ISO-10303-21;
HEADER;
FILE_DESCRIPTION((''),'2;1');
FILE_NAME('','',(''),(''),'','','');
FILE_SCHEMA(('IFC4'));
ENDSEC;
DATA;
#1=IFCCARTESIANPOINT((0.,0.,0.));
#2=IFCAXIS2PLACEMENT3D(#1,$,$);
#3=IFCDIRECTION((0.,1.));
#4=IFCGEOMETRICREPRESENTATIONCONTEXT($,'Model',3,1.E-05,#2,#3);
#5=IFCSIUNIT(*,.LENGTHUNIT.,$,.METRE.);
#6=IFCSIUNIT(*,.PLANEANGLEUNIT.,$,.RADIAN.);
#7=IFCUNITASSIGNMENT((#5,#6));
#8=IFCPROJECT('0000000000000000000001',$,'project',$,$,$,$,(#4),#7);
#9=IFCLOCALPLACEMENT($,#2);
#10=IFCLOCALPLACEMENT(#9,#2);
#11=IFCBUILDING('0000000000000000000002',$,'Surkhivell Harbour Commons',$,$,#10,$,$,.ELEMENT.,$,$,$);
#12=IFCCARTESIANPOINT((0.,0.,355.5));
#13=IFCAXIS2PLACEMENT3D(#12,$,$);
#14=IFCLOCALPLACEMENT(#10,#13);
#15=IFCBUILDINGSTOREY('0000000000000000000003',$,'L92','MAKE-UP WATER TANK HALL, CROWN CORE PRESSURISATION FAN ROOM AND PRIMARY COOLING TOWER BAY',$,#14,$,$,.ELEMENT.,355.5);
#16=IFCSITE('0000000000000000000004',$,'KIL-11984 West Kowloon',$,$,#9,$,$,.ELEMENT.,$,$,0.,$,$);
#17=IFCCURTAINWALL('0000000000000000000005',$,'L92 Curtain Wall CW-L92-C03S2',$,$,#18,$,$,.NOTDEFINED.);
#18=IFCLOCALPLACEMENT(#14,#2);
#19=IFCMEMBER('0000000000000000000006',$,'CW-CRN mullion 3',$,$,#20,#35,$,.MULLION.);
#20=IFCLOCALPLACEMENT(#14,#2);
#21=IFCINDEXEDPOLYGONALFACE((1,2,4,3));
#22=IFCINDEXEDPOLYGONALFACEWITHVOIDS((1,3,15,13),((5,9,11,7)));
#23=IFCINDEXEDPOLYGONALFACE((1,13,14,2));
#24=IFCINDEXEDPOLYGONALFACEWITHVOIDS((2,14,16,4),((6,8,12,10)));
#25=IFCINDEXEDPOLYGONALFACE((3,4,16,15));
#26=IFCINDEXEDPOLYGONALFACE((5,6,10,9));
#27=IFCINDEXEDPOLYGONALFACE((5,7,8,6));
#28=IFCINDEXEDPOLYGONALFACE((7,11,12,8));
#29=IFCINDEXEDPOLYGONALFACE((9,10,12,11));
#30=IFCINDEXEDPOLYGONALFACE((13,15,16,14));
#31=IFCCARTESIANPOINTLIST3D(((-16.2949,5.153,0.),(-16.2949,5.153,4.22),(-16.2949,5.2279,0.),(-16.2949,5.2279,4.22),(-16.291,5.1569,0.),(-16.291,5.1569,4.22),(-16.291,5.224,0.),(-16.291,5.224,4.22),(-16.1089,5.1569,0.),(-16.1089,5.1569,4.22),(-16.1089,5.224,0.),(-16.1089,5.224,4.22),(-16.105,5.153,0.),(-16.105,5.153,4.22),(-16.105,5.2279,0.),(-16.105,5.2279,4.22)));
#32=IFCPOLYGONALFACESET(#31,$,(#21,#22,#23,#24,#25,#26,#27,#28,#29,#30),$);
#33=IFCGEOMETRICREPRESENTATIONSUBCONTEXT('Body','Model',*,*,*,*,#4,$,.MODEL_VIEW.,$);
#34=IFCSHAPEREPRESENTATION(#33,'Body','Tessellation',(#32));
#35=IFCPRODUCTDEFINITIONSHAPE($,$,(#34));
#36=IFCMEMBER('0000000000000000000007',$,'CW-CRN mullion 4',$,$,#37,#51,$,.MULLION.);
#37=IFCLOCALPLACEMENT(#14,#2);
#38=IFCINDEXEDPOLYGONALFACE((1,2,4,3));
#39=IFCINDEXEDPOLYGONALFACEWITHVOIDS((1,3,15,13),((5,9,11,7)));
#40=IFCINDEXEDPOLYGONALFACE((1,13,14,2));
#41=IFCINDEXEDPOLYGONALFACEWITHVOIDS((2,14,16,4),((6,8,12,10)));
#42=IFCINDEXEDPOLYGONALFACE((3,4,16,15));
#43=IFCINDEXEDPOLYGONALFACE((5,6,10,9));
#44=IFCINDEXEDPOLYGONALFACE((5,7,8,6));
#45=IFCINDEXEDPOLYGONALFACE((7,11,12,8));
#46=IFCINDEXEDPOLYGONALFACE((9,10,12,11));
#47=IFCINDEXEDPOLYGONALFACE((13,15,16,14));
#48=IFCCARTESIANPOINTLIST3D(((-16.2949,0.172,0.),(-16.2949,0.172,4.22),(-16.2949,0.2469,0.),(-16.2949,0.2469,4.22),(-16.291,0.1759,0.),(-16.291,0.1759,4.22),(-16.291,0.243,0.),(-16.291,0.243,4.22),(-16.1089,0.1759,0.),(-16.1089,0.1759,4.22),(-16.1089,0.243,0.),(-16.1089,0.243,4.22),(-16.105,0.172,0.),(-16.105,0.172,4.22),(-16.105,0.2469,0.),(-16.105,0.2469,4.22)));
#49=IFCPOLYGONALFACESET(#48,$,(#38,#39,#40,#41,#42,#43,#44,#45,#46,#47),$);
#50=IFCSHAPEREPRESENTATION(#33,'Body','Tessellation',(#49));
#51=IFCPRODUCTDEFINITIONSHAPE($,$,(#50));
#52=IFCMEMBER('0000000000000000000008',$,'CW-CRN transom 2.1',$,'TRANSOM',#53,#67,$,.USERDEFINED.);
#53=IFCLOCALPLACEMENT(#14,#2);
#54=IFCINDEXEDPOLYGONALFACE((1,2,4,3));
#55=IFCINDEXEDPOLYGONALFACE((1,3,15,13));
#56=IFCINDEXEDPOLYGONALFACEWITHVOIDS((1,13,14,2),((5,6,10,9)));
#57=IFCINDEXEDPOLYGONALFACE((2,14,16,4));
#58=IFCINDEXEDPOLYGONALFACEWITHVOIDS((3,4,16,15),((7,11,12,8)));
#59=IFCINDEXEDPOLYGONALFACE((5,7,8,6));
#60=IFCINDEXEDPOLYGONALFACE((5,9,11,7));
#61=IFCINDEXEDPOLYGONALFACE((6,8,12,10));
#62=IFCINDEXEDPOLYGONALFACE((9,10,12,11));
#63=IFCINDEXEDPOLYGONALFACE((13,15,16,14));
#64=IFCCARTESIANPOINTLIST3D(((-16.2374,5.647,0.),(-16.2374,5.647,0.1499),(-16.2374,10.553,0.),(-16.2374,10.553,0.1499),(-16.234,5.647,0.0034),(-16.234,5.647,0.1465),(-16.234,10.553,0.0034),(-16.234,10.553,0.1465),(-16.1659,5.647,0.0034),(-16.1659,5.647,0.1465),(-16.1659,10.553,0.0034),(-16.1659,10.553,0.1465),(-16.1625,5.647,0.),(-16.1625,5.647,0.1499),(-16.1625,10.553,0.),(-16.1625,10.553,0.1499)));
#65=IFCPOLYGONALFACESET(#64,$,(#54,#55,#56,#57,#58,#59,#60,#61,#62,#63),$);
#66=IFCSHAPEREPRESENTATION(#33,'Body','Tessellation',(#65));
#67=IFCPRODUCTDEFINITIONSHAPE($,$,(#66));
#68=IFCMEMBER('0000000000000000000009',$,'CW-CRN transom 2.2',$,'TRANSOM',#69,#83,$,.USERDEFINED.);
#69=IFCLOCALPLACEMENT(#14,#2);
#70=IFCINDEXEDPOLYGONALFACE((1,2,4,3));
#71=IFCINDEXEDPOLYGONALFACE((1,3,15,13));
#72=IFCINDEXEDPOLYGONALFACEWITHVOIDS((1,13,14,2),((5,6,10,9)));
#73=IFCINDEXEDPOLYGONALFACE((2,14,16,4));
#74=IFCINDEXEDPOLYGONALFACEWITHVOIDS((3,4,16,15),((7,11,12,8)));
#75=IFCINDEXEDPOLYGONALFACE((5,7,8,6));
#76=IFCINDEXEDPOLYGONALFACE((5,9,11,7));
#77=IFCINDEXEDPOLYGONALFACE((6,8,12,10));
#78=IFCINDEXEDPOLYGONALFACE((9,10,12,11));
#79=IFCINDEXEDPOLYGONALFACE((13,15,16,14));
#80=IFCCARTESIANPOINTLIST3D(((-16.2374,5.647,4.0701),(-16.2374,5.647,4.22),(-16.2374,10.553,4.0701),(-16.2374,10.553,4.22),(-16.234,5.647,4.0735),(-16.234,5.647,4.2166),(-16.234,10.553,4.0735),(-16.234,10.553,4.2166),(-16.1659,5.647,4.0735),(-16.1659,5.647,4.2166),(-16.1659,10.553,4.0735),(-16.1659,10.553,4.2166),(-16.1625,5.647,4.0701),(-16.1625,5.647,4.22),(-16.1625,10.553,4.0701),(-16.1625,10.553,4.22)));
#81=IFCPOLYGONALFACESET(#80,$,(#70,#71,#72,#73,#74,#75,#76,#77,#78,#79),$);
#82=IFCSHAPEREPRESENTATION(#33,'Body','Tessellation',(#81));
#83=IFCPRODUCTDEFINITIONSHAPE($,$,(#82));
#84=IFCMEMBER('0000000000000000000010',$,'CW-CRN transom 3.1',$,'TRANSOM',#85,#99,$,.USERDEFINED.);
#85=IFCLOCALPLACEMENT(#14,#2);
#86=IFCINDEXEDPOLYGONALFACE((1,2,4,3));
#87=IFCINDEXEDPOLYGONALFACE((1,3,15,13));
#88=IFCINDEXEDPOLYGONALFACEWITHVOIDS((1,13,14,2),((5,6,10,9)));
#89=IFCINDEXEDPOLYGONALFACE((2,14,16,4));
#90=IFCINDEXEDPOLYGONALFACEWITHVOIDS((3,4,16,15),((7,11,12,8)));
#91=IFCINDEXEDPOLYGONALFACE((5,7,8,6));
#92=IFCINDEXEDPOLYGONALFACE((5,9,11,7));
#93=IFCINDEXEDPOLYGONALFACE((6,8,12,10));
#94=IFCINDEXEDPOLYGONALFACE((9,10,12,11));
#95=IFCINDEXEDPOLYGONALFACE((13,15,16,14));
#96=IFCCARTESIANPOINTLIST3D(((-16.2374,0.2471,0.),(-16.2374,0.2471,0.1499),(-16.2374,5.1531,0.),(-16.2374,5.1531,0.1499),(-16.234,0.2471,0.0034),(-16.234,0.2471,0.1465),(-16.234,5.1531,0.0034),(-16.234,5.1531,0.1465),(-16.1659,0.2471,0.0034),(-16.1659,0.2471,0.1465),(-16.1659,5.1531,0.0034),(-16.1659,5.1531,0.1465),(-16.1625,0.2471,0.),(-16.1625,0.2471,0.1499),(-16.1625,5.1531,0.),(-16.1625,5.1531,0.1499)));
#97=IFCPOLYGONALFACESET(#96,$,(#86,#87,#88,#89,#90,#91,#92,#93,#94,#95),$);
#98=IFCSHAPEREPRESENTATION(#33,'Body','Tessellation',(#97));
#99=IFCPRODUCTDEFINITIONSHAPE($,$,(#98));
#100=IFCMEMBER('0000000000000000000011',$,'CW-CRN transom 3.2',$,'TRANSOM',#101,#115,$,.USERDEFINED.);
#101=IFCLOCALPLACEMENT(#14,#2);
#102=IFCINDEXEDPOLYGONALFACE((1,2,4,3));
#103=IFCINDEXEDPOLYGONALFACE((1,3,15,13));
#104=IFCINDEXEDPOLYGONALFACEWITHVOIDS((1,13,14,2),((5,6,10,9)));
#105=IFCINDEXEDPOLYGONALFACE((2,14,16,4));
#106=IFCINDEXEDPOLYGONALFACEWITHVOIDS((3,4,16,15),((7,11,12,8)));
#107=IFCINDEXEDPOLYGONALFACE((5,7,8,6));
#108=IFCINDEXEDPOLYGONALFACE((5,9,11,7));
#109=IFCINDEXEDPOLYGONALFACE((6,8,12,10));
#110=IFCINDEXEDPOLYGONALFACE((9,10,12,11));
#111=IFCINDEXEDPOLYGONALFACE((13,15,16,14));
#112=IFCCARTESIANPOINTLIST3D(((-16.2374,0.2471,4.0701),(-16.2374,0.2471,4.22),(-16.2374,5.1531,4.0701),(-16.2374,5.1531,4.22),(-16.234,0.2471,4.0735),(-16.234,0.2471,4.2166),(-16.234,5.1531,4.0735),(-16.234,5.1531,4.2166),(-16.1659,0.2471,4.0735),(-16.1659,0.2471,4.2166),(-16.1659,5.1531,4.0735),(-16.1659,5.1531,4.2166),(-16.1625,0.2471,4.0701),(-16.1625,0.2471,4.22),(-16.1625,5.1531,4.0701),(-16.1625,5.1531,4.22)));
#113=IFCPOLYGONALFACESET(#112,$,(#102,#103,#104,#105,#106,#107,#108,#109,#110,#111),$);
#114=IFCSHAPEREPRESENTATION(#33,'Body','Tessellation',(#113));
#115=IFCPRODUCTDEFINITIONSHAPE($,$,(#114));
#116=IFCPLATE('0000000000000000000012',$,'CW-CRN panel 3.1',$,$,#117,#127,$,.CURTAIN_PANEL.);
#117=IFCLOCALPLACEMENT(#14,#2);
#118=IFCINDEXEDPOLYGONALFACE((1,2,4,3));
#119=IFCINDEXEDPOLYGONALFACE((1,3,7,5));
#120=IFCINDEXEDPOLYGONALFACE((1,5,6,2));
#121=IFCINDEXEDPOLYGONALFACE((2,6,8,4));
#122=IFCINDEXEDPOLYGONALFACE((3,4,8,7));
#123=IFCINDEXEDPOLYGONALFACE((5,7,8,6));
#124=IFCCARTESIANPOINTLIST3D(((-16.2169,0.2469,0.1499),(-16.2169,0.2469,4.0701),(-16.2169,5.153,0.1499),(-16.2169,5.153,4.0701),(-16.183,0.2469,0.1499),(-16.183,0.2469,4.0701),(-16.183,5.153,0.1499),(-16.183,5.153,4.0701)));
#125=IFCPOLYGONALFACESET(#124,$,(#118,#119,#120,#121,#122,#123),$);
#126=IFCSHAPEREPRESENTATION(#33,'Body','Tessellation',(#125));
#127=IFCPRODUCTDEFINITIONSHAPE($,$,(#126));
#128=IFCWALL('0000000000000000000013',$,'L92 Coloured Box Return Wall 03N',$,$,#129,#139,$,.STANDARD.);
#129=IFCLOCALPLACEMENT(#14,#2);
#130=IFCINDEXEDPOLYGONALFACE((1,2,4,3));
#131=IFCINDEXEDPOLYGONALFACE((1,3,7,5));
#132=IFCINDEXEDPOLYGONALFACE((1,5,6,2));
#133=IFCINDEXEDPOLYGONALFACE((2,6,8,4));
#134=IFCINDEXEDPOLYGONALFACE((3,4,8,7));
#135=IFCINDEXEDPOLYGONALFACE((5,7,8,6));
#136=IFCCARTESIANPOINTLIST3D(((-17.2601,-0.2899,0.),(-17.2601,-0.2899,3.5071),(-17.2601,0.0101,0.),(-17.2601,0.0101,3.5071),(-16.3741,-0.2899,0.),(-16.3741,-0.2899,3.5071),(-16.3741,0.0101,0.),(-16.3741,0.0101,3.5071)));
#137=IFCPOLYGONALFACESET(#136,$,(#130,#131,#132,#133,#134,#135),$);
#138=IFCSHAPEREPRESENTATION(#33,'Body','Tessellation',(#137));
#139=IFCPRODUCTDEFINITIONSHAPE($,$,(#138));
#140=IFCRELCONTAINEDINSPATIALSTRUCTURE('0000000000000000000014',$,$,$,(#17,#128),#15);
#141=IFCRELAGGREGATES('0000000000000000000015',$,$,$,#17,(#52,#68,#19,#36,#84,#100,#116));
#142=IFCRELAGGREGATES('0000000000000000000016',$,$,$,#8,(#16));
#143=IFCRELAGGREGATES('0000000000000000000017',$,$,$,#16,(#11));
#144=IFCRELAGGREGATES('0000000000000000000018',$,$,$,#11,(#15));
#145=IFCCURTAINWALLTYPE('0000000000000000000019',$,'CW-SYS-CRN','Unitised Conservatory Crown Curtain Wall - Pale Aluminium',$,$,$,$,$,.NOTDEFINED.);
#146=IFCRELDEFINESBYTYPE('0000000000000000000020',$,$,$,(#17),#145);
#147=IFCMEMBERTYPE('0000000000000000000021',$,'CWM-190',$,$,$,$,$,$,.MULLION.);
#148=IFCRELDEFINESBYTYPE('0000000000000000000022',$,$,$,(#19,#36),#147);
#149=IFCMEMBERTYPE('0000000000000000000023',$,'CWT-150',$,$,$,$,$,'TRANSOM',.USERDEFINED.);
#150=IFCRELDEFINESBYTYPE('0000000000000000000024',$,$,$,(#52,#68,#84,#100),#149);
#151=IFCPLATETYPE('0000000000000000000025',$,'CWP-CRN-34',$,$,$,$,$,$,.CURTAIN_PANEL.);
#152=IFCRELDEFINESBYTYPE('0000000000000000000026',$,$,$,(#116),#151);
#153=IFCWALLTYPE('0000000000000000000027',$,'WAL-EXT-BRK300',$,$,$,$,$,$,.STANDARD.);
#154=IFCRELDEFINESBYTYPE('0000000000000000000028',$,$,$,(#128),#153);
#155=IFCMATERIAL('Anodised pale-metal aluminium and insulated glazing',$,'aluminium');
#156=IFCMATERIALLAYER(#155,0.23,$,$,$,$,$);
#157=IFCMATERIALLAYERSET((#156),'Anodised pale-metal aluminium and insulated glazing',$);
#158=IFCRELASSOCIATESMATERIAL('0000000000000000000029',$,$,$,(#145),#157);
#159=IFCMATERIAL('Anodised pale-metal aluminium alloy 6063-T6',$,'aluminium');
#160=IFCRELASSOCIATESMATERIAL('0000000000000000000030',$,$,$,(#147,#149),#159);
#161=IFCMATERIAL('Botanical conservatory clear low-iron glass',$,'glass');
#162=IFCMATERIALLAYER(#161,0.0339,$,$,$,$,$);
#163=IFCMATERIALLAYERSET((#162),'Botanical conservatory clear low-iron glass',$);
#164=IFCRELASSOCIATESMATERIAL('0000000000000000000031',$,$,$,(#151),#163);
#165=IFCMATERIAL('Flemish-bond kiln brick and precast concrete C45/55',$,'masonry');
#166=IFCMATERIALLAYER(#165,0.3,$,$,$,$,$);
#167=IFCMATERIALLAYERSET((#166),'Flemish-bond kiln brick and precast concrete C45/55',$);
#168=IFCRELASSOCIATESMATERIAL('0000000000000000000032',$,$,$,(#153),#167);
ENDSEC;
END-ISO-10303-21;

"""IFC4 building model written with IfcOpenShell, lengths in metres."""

from ifc_helpers import new_model, si_unit, direction, frame, frame_2d, origin, origin_2d, place, context, subcontext, project, spatial, rectangle, hollow_rectangle, extrude, material, layer, layer_set, material_profile, profile_set, type_object, element, aggregate, save


model = new_model("IFC4")

# Units and contexts
model_context = context("Model", 3, precision=1e-05, world=origin(), true_north=direction((0.0, 1.0)))
body_context = subcontext(model_context, "Body", "Model", "MODEL_VIEW")
ifc_project = project(units=[si_unit("LENGTHUNIT", "METRE"), si_unit("PLANEANGLEUNIT", "RADIAN")], contexts=[model_context])

# Site, building, storey
site_placement = place(None, origin())
site = spatial("IfcSite", under=ifc_project, at=site_placement, Name="KIL-11984 West Kowloon", CompositionType="ELEMENT", RefElevation=0.0)
building_placement = place(site_placement, origin())
building = spatial("IfcBuilding", under=site, at=building_placement, Name="Surkhivell Harbour Commons", CompositionType="ELEMENT")
storey_placement = place(building_placement, frame((0.0, 0.0, 355.5)))
storey = spatial("IfcBuildingStorey", under=building, at=storey_placement, Name="L92", Description="MAKE-UP WATER TANK HALL, CROWN CORE PRESSURISATION FAN ROOM AND PRIMARY COOLING TOWER BAY", CompositionType="ELEMENT", Elevation=355.5)

# Shared definitions
ifc_material_1 = material(Name="Anodised pale-metal aluminium and insulated glazing", Category="aluminium")

# Curtain wall, members, plate
ifc_layer_1 = layer(ifc_material_1, 0.23)
ifc_layer_set_1 = layer_set([ifc_layer_1], Name="Anodised pale-metal aluminium and insulated glazing")
curtain_wall_type_1 = type_object("IfcCurtainWallType", Name="CW-SYS-CRN", Description="Unitised Conservatory Crown Curtain Wall - Pale Aluminium", PredefinedType="NOTDEFINED", material=ifc_layer_set_1)
curtain_wall_1_placement = place(storey_placement, origin())
curtain_wall_1 = element("IfcCurtainWall", 1, at=curtain_wall_1_placement, inside=storey, type_object=curtain_wall_type_1, Name="L92 Curtain Wall CW-L92-C03S2", PredefinedType="NOTDEFINED")
ifc_material_2 = material(Name="Anodised pale-metal aluminium alloy 6063-T6", Category="aluminium")
ifc_material_profile_1 = material_profile(ifc_material_2, hollow_rectangle(XDim=0.075, YDim=0.1899, WallThickness=0.0039, at=origin_2d()), Name="ALU-MULL-75x190")
ifc_profile_set_1 = profile_set([ifc_material_profile_1], Name="Anodised pale-metal aluminium alloy 6063-T6")
member_type_1 = type_object("IfcMemberType", Name="CWM-190", PredefinedType="MULLION", material=ifc_profile_set_1)
member_1_placement = place(storey_placement, frame((-16.2, 5.1904, 0.0), z_axis=(0.0, 0.0, 1.0), x_axis=(0.0, -1.0, 0.0)))
member_1 = element("IfcMember", 2, at=member_1_placement, type_object=member_type_1, Name="CW-CRN mullion 3", PredefinedType="MULLION", context=body_context, shape_type="SweptSolid", body=[
    extrude(hollow_rectangle(XDim=0.075, YDim=0.1899, WallThickness=0.0039, at=origin_2d()), origin(), (0.0, 0.0, 1.0), 4.22),
])
member_2_placement = place(storey_placement, frame((-16.2, 0.2095, 0.0), z_axis=(0.0, 0.0, 1.0), x_axis=(0.0, -1.0, 0.0)))
member_2 = element("IfcMember", 3, at=member_2_placement, type_object=member_type_1, Name="CW-CRN mullion 4", PredefinedType="MULLION", context=body_context, shape_type="SweptSolid", body=[
    extrude(hollow_rectangle(XDim=0.075, YDim=0.1899, WallThickness=0.0039, at=origin_2d()), origin(), (0.0, 0.0, 1.0), 4.22),
])
ifc_material_profile_2 = material_profile(ifc_material_2, hollow_rectangle(XDim=0.075, YDim=0.1499, WallThickness=0.0034, at=origin_2d()), Name="ALU-TRAN-75x150")
ifc_profile_set_2 = profile_set([ifc_material_profile_2], Name="Anodised pale-metal aluminium alloy 6063-T6")
member_type_2 = type_object("IfcMemberType", Name="CWT-150", ElementType="TRANSOM", PredefinedType="USERDEFINED", material=ifc_profile_set_2)
member_3_placement = place(storey_placement, frame((-16.2, 10.553, 0.075), z_axis=(0.0, -1.0, 0.0), x_axis=(1.0, 0.0, 0.0)))
member_3 = element("IfcMember", 4, at=member_3_placement, type_object=member_type_2, Name="CW-CRN transom 2.1", ObjectType="TRANSOM", PredefinedType="USERDEFINED", context=body_context, shape_type="SweptSolid", body=[
    extrude(hollow_rectangle(XDim=0.075, YDim=0.1499, WallThickness=0.0034, at=origin_2d()), origin(), (0.0, 0.0, 1.0), 4.906),
])
member_4_placement = place(storey_placement, frame((-16.2, 10.553, 4.145), z_axis=(0.0, -1.0, 0.0), x_axis=(1.0, 0.0, 0.0)))
member_4 = element("IfcMember", 5, at=member_4_placement, type_object=member_type_2, Name="CW-CRN transom 2.2", ObjectType="TRANSOM", PredefinedType="USERDEFINED", context=body_context, shape_type="SweptSolid", body=[
    extrude(hollow_rectangle(XDim=0.075, YDim=0.1499, WallThickness=0.0034, at=origin_2d()), origin(), (0.0, 0.0, 1.0), 4.906),
])
member_5_placement = place(storey_placement, frame((-16.2, 5.1531, 0.075), z_axis=(0.0, -1.0, 0.0), x_axis=(1.0, 0.0, 0.0)))
member_5 = element("IfcMember", 6, at=member_5_placement, type_object=member_type_2, Name="CW-CRN transom 3.1", ObjectType="TRANSOM", PredefinedType="USERDEFINED", context=body_context, shape_type="SweptSolid", body=[
    extrude(hollow_rectangle(XDim=0.075, YDim=0.1499, WallThickness=0.0034, at=origin_2d()), origin(), (0.0, 0.0, 1.0), 4.906),
])
member_6_placement = place(storey_placement, frame((-16.2, 5.1531, 4.145), z_axis=(0.0, -1.0, 0.0), x_axis=(1.0, 0.0, 0.0)))
member_6 = element("IfcMember", 7, at=member_6_placement, type_object=member_type_2, Name="CW-CRN transom 3.2", ObjectType="TRANSOM", PredefinedType="USERDEFINED", context=body_context, shape_type="SweptSolid", body=[
    extrude(hollow_rectangle(XDim=0.075, YDim=0.1499, WallThickness=0.0034, at=origin_2d()), origin(), (0.0, 0.0, 1.0), 4.906),
])
ifc_material_3 = material(Name="Botanical conservatory clear low-iron glass", Category="glass")
ifc_layer_2 = layer(ifc_material_3, 0.0339)
ifc_layer_set_2 = layer_set([ifc_layer_2], Name="Botanical conservatory clear low-iron glass")
plate_type = type_object("IfcPlateType", Name="CWP-CRN-34", PredefinedType="CURTAIN_PANEL", material=ifc_layer_set_2)
plate_placement = place(storey_placement, frame((-16.2, 5.1531, 0.1499), z_axis=(0.0, 0.0, 1.0), x_axis=(0.0, -1.0, 0.0)))
plate = element("IfcPlate", 8, at=plate_placement, type_object=plate_type, Name="CW-CRN panel 3.1", PredefinedType="CURTAIN_PANEL", context=body_context, shape_type="SweptSolid", body=[
    extrude(rectangle(XDim=4.906, YDim=0.0339, at=frame_2d((2.4531, 0.0))), origin(), (0.0, 0.0, 1.0), 3.9202),
])
aggregate(curtain_wall_1, [member_3, member_4, member_1, member_2, member_5, member_6, plate])

# Wall
ifc_material_4 = material(Name="Flemish-bond kiln brick and precast concrete C45/55", Category="masonry")
ifc_layer_3 = layer(ifc_material_4, 0.3)
ifc_layer_set_3 = layer_set([ifc_layer_3], Name="Flemish-bond kiln brick and precast concrete C45/55")
wall_type = type_object("IfcWallType", Name="WAL-EXT-BRK300", PredefinedType="STANDARD", material=ifc_layer_set_3)
wall_placement = place(storey_placement, frame((-17.26, -0.1399, 0.0), z_axis=(0.0, 0.0, 1.0), x_axis=(1.0, 0.0, 0.0)))
element("IfcWall", 9, at=wall_placement, inside=storey, type_object=wall_type, Name="L92 Coloured Box Return Wall 03N", PredefinedType="STANDARD", context=body_context, shape_type="SweptSolid", body=[
    extrude(rectangle(XDim=0.886, YDim=0.3, at=frame_2d((0.4429, 0.0))), origin(), (0.0, 0.0, 1.0), 3.5071),
])

save(model, "model.ifc")
